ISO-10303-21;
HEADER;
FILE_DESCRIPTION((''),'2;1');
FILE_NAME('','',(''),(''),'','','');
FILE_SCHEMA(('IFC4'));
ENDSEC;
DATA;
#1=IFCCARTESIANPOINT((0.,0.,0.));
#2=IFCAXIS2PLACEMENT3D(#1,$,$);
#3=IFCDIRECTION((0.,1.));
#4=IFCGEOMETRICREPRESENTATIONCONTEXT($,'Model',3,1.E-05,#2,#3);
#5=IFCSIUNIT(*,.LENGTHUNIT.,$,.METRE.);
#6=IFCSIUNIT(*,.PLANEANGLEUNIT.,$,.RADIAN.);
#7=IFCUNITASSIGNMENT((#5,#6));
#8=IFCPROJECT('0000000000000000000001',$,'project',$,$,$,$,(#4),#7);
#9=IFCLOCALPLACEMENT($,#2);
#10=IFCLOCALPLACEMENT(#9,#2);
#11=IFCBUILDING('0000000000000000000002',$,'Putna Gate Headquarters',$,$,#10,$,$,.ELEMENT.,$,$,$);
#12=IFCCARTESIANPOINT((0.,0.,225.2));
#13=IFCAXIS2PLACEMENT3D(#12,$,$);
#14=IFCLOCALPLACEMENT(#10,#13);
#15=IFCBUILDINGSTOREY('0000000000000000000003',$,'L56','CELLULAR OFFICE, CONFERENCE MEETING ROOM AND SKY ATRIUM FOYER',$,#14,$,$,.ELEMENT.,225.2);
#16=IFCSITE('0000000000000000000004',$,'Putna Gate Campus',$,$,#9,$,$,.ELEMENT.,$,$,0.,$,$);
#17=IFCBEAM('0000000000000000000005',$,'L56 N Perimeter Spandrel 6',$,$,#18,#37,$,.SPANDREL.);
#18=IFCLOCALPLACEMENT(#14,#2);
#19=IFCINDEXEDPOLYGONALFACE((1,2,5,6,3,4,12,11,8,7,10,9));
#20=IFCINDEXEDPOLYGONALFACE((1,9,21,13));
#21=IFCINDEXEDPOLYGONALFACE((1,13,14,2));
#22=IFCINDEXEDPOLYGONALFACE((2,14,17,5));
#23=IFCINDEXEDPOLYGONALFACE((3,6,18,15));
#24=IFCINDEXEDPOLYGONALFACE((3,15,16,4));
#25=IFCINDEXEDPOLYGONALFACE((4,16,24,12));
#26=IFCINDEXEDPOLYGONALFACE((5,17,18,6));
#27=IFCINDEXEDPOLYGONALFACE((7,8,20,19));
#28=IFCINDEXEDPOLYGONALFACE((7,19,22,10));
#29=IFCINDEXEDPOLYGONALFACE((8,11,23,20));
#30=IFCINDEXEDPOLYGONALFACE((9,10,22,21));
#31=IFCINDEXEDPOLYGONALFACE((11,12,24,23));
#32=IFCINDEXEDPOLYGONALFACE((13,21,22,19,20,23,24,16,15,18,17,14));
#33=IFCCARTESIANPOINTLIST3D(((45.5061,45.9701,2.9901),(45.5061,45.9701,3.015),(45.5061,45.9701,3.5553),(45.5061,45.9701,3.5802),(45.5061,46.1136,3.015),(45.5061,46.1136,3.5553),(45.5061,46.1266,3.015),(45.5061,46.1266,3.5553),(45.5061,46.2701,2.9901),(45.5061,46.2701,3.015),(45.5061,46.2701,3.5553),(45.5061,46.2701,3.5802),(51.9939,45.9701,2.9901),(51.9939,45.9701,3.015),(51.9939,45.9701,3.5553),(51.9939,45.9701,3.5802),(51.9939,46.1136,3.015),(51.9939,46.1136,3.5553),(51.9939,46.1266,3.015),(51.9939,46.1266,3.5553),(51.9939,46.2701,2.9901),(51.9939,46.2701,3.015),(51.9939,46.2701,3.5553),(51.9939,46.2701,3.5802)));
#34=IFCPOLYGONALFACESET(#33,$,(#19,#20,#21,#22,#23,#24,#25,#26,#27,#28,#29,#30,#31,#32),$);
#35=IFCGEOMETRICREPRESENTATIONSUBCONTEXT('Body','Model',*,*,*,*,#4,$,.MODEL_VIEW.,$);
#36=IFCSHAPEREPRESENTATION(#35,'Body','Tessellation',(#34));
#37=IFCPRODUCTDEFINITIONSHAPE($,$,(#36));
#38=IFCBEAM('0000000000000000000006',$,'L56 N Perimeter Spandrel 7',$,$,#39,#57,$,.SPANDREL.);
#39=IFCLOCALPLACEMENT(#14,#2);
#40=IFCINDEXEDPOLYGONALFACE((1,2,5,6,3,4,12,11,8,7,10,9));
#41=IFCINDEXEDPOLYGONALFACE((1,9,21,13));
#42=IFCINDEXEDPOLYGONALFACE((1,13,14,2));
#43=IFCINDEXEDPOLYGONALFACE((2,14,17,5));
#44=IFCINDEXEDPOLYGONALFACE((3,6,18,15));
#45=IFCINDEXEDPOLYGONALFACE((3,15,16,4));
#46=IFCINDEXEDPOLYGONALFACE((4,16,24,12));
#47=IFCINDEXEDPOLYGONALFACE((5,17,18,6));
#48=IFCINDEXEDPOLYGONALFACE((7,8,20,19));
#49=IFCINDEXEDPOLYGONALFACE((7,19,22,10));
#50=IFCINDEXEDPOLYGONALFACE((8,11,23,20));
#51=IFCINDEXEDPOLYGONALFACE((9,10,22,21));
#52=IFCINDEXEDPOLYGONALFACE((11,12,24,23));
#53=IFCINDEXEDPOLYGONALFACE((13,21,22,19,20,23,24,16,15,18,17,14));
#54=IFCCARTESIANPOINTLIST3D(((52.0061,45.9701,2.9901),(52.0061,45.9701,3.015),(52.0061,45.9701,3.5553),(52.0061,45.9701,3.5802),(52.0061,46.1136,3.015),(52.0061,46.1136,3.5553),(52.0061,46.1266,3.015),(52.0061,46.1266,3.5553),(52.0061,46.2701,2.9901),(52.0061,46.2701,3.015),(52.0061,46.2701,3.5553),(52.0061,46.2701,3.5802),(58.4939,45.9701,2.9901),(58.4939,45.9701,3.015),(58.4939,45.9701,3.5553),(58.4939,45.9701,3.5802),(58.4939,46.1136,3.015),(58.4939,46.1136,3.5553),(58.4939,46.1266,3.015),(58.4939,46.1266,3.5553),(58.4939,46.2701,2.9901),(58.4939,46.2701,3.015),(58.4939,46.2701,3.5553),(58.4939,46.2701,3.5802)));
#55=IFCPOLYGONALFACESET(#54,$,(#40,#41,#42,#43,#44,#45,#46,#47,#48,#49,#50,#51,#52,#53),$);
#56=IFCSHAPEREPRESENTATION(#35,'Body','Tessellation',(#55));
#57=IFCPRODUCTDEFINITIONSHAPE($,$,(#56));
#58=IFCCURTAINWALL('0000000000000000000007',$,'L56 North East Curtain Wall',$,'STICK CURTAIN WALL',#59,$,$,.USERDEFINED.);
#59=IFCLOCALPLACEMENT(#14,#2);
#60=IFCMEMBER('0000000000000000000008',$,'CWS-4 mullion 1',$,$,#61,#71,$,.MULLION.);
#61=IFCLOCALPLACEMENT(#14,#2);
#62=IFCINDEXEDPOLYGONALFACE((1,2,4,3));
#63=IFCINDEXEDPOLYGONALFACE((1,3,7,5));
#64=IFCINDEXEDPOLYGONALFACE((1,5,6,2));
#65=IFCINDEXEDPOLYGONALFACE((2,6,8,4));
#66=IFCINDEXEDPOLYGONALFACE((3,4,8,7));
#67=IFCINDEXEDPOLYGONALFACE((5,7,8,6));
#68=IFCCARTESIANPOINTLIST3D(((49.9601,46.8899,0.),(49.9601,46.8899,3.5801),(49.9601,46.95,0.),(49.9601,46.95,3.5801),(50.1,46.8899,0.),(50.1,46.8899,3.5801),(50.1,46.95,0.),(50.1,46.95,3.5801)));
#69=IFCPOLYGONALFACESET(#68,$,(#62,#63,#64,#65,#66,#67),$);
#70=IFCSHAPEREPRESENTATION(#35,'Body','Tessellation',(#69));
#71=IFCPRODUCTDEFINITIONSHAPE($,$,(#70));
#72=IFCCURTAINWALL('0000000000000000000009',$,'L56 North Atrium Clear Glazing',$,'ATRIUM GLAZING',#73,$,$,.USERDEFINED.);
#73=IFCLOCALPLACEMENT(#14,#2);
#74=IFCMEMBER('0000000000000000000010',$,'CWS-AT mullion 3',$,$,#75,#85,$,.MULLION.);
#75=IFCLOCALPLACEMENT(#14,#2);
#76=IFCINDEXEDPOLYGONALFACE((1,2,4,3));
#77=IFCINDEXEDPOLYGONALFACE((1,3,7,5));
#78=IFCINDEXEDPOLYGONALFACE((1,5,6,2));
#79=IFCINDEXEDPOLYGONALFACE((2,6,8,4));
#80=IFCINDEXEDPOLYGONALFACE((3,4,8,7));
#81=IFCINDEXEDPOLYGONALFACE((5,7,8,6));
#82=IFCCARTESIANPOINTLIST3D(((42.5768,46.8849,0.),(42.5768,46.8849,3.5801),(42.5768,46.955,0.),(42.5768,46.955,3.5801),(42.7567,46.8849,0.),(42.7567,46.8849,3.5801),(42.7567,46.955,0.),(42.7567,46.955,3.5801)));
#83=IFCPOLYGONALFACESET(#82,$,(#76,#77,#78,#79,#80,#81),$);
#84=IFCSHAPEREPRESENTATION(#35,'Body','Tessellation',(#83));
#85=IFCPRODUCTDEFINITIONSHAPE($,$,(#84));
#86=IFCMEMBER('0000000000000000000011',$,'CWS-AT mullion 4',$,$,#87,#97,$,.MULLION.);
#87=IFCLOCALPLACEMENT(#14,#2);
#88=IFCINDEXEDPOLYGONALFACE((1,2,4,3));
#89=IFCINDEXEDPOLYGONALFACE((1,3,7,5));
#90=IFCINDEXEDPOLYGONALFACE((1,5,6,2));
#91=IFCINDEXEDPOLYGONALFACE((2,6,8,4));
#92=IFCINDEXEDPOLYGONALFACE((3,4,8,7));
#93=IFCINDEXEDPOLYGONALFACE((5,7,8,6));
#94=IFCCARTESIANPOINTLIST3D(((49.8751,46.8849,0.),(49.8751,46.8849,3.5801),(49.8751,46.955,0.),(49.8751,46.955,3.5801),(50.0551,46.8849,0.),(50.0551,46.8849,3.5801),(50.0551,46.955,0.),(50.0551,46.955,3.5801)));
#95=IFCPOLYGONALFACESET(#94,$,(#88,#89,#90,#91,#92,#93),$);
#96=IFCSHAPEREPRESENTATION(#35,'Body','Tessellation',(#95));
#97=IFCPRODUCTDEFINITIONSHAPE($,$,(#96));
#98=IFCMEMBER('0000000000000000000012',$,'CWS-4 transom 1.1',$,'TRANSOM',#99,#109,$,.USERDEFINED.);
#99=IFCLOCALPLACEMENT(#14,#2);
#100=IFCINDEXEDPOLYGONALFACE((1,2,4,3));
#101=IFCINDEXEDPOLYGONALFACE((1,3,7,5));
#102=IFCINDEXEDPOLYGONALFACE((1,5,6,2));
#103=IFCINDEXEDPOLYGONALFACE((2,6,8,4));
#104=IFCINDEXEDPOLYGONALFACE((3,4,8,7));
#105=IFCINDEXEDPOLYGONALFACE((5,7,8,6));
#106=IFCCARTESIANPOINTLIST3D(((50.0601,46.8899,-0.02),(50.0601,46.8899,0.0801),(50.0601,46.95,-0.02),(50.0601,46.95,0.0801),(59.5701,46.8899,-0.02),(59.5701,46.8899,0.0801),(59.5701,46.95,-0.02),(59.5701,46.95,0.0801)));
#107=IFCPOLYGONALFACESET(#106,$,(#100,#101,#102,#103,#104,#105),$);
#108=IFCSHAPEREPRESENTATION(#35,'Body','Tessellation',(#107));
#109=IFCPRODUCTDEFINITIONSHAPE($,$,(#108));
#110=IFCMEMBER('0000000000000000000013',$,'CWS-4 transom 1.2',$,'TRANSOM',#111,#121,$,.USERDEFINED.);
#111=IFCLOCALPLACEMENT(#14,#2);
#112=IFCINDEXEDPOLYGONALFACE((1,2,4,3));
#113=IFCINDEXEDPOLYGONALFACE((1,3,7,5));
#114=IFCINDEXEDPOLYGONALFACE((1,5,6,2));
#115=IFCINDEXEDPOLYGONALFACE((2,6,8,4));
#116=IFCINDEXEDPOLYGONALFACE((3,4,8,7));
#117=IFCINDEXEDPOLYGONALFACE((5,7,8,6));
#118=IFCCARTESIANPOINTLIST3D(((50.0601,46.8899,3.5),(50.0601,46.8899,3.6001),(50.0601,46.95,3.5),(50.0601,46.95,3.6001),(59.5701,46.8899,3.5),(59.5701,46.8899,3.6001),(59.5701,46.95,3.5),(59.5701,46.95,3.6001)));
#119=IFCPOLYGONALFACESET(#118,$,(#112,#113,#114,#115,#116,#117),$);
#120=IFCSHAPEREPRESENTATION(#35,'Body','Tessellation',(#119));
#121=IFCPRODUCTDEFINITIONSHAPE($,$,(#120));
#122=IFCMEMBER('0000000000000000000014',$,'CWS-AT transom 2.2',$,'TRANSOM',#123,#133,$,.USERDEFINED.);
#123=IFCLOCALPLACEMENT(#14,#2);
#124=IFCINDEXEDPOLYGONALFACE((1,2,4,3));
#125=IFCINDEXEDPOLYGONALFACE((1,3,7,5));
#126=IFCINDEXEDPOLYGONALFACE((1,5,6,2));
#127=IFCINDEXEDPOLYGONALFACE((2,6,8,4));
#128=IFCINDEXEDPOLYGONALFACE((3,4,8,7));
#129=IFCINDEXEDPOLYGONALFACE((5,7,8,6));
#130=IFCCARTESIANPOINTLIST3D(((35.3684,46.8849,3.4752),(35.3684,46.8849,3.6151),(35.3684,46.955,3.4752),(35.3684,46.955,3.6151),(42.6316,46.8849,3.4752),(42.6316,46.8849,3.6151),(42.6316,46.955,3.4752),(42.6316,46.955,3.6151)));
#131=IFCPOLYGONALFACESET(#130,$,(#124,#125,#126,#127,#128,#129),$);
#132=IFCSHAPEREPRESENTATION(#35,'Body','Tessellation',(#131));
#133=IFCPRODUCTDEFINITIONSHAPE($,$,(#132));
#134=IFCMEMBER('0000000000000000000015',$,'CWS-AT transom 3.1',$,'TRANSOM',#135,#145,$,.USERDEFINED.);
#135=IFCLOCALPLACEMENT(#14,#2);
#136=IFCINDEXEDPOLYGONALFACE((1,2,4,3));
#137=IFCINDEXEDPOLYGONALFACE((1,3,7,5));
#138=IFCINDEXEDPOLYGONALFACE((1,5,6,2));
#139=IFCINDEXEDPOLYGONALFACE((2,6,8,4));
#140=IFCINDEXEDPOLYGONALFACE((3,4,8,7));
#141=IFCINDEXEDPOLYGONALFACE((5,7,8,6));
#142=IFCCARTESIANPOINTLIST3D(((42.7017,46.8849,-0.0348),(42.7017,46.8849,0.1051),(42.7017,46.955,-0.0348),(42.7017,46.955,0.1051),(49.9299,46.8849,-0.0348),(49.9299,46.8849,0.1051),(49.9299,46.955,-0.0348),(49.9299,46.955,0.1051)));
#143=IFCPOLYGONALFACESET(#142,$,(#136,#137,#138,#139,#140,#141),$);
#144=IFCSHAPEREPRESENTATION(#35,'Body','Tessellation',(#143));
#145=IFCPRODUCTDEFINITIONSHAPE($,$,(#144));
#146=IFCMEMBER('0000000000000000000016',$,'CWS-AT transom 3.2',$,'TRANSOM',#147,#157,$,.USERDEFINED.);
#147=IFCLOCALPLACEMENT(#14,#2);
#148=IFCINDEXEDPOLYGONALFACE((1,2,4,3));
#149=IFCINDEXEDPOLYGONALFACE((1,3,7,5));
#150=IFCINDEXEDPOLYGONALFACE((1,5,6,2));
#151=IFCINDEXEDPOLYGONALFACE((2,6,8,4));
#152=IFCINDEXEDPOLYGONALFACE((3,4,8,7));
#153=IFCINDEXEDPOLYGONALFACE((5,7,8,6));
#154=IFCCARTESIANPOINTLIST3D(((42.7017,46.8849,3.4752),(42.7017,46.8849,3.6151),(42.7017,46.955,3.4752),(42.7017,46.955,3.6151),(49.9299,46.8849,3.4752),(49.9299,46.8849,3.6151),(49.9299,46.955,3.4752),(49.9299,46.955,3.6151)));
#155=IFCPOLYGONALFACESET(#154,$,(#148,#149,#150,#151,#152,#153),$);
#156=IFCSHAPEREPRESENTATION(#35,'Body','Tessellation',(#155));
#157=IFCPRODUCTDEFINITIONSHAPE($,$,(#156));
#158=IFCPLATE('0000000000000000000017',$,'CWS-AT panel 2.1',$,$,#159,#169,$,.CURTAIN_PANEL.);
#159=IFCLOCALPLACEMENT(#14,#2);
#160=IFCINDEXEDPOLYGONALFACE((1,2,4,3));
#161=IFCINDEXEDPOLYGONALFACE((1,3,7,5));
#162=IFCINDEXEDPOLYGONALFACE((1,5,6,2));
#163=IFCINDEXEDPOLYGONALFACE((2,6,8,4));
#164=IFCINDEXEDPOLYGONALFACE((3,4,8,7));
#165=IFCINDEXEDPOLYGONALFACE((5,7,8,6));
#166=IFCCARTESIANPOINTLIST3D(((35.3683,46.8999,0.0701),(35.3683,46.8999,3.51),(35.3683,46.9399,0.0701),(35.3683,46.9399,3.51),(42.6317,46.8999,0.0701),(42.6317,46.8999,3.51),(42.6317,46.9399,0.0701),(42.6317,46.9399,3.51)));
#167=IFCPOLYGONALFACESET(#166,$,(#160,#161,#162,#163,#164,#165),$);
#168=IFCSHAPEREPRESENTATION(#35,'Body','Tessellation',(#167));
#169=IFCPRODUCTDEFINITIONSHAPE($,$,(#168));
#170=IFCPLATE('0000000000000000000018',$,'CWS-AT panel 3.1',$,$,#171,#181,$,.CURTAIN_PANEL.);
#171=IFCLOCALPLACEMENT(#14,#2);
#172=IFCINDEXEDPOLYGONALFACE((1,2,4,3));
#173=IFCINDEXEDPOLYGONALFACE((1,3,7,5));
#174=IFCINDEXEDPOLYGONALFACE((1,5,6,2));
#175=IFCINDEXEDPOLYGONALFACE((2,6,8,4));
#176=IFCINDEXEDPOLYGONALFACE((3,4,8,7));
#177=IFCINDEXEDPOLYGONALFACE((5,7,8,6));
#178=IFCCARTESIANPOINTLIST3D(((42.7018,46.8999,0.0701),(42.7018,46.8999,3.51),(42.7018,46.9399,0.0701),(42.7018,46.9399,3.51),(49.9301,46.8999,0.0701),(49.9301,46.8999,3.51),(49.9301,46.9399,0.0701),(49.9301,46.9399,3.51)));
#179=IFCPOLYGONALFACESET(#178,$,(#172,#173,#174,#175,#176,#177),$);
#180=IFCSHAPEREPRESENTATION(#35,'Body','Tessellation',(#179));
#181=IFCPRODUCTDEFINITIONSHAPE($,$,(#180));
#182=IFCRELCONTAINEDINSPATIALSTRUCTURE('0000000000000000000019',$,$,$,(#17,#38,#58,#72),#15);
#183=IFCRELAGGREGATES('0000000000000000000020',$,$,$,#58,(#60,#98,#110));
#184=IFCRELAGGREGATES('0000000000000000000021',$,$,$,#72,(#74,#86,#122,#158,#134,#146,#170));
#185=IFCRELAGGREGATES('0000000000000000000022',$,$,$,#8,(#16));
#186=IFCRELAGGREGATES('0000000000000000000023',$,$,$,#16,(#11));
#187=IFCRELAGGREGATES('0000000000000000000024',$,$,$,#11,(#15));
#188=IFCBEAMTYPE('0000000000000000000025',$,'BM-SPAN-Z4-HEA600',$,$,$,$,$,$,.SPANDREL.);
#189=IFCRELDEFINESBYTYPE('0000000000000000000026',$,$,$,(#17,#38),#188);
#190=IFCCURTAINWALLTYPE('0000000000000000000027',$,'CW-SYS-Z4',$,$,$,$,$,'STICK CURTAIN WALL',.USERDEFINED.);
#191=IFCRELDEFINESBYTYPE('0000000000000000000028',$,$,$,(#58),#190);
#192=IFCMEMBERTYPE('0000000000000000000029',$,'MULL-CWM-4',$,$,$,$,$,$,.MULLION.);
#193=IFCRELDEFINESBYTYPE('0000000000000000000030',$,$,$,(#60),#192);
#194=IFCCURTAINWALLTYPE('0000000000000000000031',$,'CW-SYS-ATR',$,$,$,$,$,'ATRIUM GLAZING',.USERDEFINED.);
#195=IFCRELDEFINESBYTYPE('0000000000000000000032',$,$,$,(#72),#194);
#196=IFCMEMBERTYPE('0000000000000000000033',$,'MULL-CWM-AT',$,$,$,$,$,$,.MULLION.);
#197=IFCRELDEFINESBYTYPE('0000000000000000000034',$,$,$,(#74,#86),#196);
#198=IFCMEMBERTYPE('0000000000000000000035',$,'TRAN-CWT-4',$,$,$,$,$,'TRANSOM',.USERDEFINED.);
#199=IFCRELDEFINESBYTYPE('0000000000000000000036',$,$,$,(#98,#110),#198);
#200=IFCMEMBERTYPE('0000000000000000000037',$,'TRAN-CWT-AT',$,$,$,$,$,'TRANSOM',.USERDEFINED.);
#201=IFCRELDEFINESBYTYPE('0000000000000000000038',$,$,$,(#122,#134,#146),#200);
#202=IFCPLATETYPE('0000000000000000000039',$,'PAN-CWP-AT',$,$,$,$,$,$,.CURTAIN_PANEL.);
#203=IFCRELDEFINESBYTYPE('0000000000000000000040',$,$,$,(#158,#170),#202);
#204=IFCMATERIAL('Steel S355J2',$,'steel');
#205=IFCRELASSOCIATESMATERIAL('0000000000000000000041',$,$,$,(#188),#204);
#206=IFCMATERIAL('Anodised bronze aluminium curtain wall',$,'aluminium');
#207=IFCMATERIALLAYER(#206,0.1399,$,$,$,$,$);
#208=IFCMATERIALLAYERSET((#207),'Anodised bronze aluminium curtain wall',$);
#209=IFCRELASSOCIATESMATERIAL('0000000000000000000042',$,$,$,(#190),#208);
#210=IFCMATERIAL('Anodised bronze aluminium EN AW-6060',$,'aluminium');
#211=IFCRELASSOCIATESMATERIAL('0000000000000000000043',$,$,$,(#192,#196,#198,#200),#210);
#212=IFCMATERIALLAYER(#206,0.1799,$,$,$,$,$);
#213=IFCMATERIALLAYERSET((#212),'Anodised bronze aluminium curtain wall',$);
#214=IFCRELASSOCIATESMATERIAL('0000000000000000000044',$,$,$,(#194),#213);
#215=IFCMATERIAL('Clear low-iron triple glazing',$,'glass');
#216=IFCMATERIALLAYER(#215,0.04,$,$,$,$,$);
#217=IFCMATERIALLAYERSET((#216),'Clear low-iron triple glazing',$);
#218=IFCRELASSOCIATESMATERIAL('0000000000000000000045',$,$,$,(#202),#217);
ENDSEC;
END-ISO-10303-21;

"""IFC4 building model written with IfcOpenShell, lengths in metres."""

from ifc_helpers import new_model, si_unit, direction, frame, origin, origin_2d, place, context, subcontext, project, spatial, rectangle, i_section, extrude, material, layer, layer_set, material_profile, profile_set, type_object, element, aggregate, save


model = new_model("IFC4")

# Units and contexts
model_context = context("Model", 3, precision=1e-05, world=origin(), true_north=direction((0.0, 1.0)))
body_context = subcontext(model_context, "Body", "Model", "MODEL_VIEW")
ifc_project = project(units=[si_unit("LENGTHUNIT", "METRE"), si_unit("PLANEANGLEUNIT", "RADIAN")], contexts=[model_context])

# Site, building, storey
site_placement = place(None, origin())
site = spatial("IfcSite", under=ifc_project, at=site_placement, Name="Putna Gate Campus", CompositionType="ELEMENT", RefElevation=0.0)
building_placement = place(site_placement, origin())
building = spatial("IfcBuilding", under=site, at=building_placement, Name="Putna Gate Headquarters", CompositionType="ELEMENT")
storey_placement = place(building_placement, frame((0.0, 0.0, 225.2)))
storey = spatial("IfcBuildingStorey", under=building, at=storey_placement, Name="L56", Description="CELLULAR OFFICE, CONFERENCE MEETING ROOM AND SKY ATRIUM FOYER", CompositionType="ELEMENT", Elevation=225.2)

# Beams
ifc_material_1 = material(Name="Steel S355J2", Category="steel")
ifc_material_profile_1 = material_profile(ifc_material_1, i_section(OverallWidth=0.3, OverallDepth=0.5901, WebThickness=0.0129, FlangeThickness=0.0249, at=origin_2d()), Name="Steel S355J2")
ifc_profile_set_1 = profile_set([ifc_material_profile_1], Name="Steel S355J2")
beam_type_1 = type_object("IfcBeamType", Name="BM-SPAN-Z4-HEA600", PredefinedType="SPANDREL", material=ifc_profile_set_1)
for number, where, z_axis, x_axis, name in (
    (1, (45.5061, 46.1201, 3.2852), (1.0, 0.0, 0.0), (0.0, 1.0, 0.0), "L56 N Perimeter Spandrel 6"),
    (2, (52.0061, 46.1201, 3.2852), (1.0, 0.0, 0.0), (0.0, 1.0, 0.0), "L56 N Perimeter Spandrel 7"),
):
    element("IfcBeam", number, at=place(storey_placement, frame(where, z_axis=z_axis, x_axis=x_axis)), inside=storey, type_object=beam_type_1, Name=name, PredefinedType="SPANDREL", context=body_context, shape_type="SweptSolid", body=[
        extrude(i_section(OverallWidth=0.3, OverallDepth=0.5901, WebThickness=0.0129, FlangeThickness=0.0249, at=origin_2d()), origin(), (0.0, 0.0, 1.0), 6.4878),
    ])

# Curtain wall, member
ifc_material_2 = material(Name="Anodised bronze aluminium curtain wall", Category="aluminium")
ifc_layer_1 = layer(ifc_material_2, 0.1399)
ifc_layer_set_1 = layer_set([ifc_layer_1], Name="Anodised bronze aluminium curtain wall")
curtain_wall_type_1 = type_object("IfcCurtainWallType", Name="CW-SYS-Z4", ElementType="STICK CURTAIN WALL", PredefinedType="USERDEFINED", material=ifc_layer_set_1)
curtain_wall_1_placement = place(storey_placement, origin())
curtain_wall_1 = element("IfcCurtainWall", 3, at=curtain_wall_1_placement, inside=storey, type_object=curtain_wall_type_1, Name="L56 North East Curtain Wall", ObjectType="STICK CURTAIN WALL", PredefinedType="USERDEFINED")
ifc_material_3 = material(Name="Anodised bronze aluminium EN AW-6060", Category="aluminium")
ifc_material_profile_2 = material_profile(ifc_material_3, rectangle(XDim=0.0601, YDim=0.1399, at=origin_2d()), Name="Anodised bronze aluminium EN AW-6060")
ifc_profile_set_2 = profile_set([ifc_material_profile_2], Name="Anodised bronze aluminium EN AW-6060")
member_type_1 = type_object("IfcMemberType", Name="MULL-CWM-4", PredefinedType="MULLION", material=ifc_profile_set_2)
member_1_placement = place(storey_placement, frame((50.03, 46.9199, 0.0), z_axis=(0.0, 0.0, 1.0), x_axis=(0.0, 1.0, 0.0)))
member_1 = element("IfcMember", 4, at=member_1_placement, type_object=member_type_1, Name="CWS-4 mullion 1", PredefinedType="MULLION", context=body_context, shape_type="SweptSolid", body=[
    extrude(rectangle(XDim=0.0601, YDim=0.1399, at=origin_2d()), origin(), (0.0, 0.0, 1.0), 3.5801),
])

# Curtain wall, members
ifc_layer_2 = layer(ifc_material_2, 0.1799)
ifc_layer_set_2 = layer_set([ifc_layer_2], Name="Anodised bronze aluminium curtain wall")
curtain_wall_type_2 = type_object("IfcCurtainWallType", Name="CW-SYS-ATR", ElementType="ATRIUM GLAZING", PredefinedType="USERDEFINED", material=ifc_layer_set_2)
curtain_wall_2_placement = place(storey_placement, origin())
curtain_wall_2 = element("IfcCurtainWall", 5, at=curtain_wall_2_placement, inside=storey, type_object=curtain_wall_type_2, Name="L56 North Atrium Clear Glazing", ObjectType="ATRIUM GLAZING", PredefinedType="USERDEFINED")
ifc_material_profile_3 = material_profile(ifc_material_3, rectangle(XDim=0.0701, YDim=0.1799, at=origin_2d()), Name="Anodised bronze aluminium EN AW-6060")
ifc_profile_set_3 = profile_set([ifc_material_profile_3], Name="Anodised bronze aluminium EN AW-6060")
member_type_2 = type_object("IfcMemberType", Name="MULL-CWM-AT", PredefinedType="MULLION", material=ifc_profile_set_3)
member_2_placement = place(storey_placement, frame((42.6667, 46.9199, 0.0), z_axis=(0.0, 0.0, 1.0), x_axis=(0.0, 1.0, 0.0)))
member_2 = element("IfcMember", 6, at=member_2_placement, type_object=member_type_2, Name="CWS-AT mullion 3", PredefinedType="MULLION", context=body_context, shape_type="SweptSolid", body=[
    extrude(rectangle(XDim=0.0701, YDim=0.1799, at=origin_2d()), origin(), (0.0, 0.0, 1.0), 3.5801),
])
member_3_placement = place(storey_placement, frame((49.9651, 46.9199, 0.0), z_axis=(0.0, 0.0, 1.0), x_axis=(0.0, 1.0, 0.0)))
member_3 = element("IfcMember", 7, at=member_3_placement, type_object=member_type_2, Name="CWS-AT mullion 4", PredefinedType="MULLION", context=body_context, shape_type="SweptSolid", body=[
    extrude(rectangle(XDim=0.0701, YDim=0.1799, at=origin_2d()), origin(), (0.0, 0.0, 1.0), 3.5801),
])

# Members
ifc_material_profile_4 = material_profile(ifc_material_3, rectangle(XDim=0.0601, YDim=0.1001, at=origin_2d()), Name="Anodised bronze aluminium EN AW-6060")
ifc_profile_set_4 = profile_set([ifc_material_profile_4], Name="Anodised bronze aluminium EN AW-6060")
member_type_3 = type_object("IfcMemberType", Name="TRAN-CWT-4", ElementType="TRANSOM", PredefinedType="USERDEFINED", material=ifc_profile_set_4)
member_4_placement = place(storey_placement, frame((50.0601, 46.9199, 0.03), z_axis=(1.0, 0.0, 0.0), x_axis=(0.0, 1.0, 0.0)))
member_4 = element("IfcMember", 8, at=member_4_placement, type_object=member_type_3, Name="CWS-4 transom 1.1", ObjectType="TRANSOM", PredefinedType="USERDEFINED", context=body_context, shape_type="SweptSolid", body=[
    extrude(rectangle(XDim=0.0601, YDim=0.1001, at=origin_2d()), origin(), (0.0, 0.0, 1.0), 9.51),
])
member_5_placement = place(storey_placement, frame((50.0601, 46.9199, 3.55), z_axis=(1.0, 0.0, 0.0), x_axis=(0.0, 1.0, 0.0)))
member_5 = element("IfcMember", 9, at=member_5_placement, type_object=member_type_3, Name="CWS-4 transom 1.2", ObjectType="TRANSOM", PredefinedType="USERDEFINED", context=body_context, shape_type="SweptSolid", body=[
    extrude(rectangle(XDim=0.0601, YDim=0.1001, at=origin_2d()), origin(), (0.0, 0.0, 1.0), 9.51),
])
aggregate(curtain_wall_1, [member_1, member_4, member_5])
ifc_material_profile_5 = material_profile(ifc_material_3, rectangle(XDim=0.0701, YDim=0.1399, at=origin_2d()), Name="Anodised bronze aluminium EN AW-6060")
ifc_profile_set_5 = profile_set([ifc_material_profile_5], Name="Anodised bronze aluminium EN AW-6060")
member_type_4 = type_object("IfcMemberType", Name="TRAN-CWT-AT", ElementType="TRANSOM", PredefinedType="USERDEFINED", material=ifc_profile_set_5)
member_6_placement = place(storey_placement, frame((35.3684, 46.9199, 3.5452), z_axis=(1.0, 0.0, 0.0), x_axis=(0.0, 1.0, 0.0)))
member_6 = element("IfcMember", 10, at=member_6_placement, type_object=member_type_4, Name="CWS-AT transom 2.2", ObjectType="TRANSOM", PredefinedType="USERDEFINED", context=body_context, shape_type="SweptSolid", body=[
    extrude(rectangle(XDim=0.0701, YDim=0.1399, at=origin_2d()), origin(), (0.0, 0.0, 1.0), 7.2632),
])
member_7_placement = place(storey_placement, frame((42.7017, 46.9199, 0.0352), z_axis=(1.0, 0.0, 0.0), x_axis=(0.0, 1.0, 0.0)))
member_7 = element("IfcMember", 11, at=member_7_placement, type_object=member_type_4, Name="CWS-AT transom 3.1", ObjectType="TRANSOM", PredefinedType="USERDEFINED", context=body_context, shape_type="SweptSolid", body=[
    extrude(rectangle(XDim=0.0701, YDim=0.1399, at=origin_2d()), origin(), (0.0, 0.0, 1.0), 7.2283),
])
member_8_placement = place(storey_placement, frame((42.7017, 46.9199, 3.5452), z_axis=(1.0, 0.0, 0.0), x_axis=(0.0, 1.0, 0.0)))
member_8 = element("IfcMember", 12, at=member_8_placement, type_object=member_type_4, Name="CWS-AT transom 3.2", ObjectType="TRANSOM", PredefinedType="USERDEFINED", context=body_context, shape_type="SweptSolid", body=[
    extrude(rectangle(XDim=0.0701, YDim=0.1399, at=origin_2d()), origin(), (0.0, 0.0, 1.0), 7.2283),
])

# Plates
ifc_material_4 = material(Name="Clear low-iron triple glazing", Category="glass")
ifc_layer_3 = layer(ifc_material_4, 0.04)
ifc_layer_set_3 = layer_set([ifc_layer_3], Name="Clear low-iron triple glazing")
plate_type = type_object("IfcPlateType", Name="PAN-CWP-AT", PredefinedType="CURTAIN_PANEL", material=ifc_layer_set_3)
plate_1_placement = place(storey_placement, frame((39.0, 46.9199, 0.0701), z_axis=(0.0, 0.0, 1.0), x_axis=(1.0, 0.0, 0.0)))
plate_1 = element("IfcPlate", 13, at=plate_1_placement, type_object=plate_type, Name="CWS-AT panel 2.1", PredefinedType="CURTAIN_PANEL", context=body_context, shape_type="SweptSolid", body=[
    extrude(rectangle(XDim=7.2634, YDim=0.04, at=origin_2d()), origin(), (0.0, 0.0, 1.0), 3.4399),
])
plate_2_placement = place(storey_placement, frame((46.3159, 46.9199, 0.0701), z_axis=(0.0, 0.0, 1.0), x_axis=(1.0, 0.0, 0.0)))
plate_2 = element("IfcPlate", 14, at=plate_2_placement, type_object=plate_type, Name="CWS-AT panel 3.1", PredefinedType="CURTAIN_PANEL", context=body_context, shape_type="SweptSolid", body=[
    extrude(rectangle(XDim=7.2283, YDim=0.04, at=origin_2d()), origin(), (0.0, 0.0, 1.0), 3.4399),
])
aggregate(curtain_wall_2, [member_2, member_3, member_6, plate_1, member_7, member_8, plate_2])

save(model, "model.ifc")
